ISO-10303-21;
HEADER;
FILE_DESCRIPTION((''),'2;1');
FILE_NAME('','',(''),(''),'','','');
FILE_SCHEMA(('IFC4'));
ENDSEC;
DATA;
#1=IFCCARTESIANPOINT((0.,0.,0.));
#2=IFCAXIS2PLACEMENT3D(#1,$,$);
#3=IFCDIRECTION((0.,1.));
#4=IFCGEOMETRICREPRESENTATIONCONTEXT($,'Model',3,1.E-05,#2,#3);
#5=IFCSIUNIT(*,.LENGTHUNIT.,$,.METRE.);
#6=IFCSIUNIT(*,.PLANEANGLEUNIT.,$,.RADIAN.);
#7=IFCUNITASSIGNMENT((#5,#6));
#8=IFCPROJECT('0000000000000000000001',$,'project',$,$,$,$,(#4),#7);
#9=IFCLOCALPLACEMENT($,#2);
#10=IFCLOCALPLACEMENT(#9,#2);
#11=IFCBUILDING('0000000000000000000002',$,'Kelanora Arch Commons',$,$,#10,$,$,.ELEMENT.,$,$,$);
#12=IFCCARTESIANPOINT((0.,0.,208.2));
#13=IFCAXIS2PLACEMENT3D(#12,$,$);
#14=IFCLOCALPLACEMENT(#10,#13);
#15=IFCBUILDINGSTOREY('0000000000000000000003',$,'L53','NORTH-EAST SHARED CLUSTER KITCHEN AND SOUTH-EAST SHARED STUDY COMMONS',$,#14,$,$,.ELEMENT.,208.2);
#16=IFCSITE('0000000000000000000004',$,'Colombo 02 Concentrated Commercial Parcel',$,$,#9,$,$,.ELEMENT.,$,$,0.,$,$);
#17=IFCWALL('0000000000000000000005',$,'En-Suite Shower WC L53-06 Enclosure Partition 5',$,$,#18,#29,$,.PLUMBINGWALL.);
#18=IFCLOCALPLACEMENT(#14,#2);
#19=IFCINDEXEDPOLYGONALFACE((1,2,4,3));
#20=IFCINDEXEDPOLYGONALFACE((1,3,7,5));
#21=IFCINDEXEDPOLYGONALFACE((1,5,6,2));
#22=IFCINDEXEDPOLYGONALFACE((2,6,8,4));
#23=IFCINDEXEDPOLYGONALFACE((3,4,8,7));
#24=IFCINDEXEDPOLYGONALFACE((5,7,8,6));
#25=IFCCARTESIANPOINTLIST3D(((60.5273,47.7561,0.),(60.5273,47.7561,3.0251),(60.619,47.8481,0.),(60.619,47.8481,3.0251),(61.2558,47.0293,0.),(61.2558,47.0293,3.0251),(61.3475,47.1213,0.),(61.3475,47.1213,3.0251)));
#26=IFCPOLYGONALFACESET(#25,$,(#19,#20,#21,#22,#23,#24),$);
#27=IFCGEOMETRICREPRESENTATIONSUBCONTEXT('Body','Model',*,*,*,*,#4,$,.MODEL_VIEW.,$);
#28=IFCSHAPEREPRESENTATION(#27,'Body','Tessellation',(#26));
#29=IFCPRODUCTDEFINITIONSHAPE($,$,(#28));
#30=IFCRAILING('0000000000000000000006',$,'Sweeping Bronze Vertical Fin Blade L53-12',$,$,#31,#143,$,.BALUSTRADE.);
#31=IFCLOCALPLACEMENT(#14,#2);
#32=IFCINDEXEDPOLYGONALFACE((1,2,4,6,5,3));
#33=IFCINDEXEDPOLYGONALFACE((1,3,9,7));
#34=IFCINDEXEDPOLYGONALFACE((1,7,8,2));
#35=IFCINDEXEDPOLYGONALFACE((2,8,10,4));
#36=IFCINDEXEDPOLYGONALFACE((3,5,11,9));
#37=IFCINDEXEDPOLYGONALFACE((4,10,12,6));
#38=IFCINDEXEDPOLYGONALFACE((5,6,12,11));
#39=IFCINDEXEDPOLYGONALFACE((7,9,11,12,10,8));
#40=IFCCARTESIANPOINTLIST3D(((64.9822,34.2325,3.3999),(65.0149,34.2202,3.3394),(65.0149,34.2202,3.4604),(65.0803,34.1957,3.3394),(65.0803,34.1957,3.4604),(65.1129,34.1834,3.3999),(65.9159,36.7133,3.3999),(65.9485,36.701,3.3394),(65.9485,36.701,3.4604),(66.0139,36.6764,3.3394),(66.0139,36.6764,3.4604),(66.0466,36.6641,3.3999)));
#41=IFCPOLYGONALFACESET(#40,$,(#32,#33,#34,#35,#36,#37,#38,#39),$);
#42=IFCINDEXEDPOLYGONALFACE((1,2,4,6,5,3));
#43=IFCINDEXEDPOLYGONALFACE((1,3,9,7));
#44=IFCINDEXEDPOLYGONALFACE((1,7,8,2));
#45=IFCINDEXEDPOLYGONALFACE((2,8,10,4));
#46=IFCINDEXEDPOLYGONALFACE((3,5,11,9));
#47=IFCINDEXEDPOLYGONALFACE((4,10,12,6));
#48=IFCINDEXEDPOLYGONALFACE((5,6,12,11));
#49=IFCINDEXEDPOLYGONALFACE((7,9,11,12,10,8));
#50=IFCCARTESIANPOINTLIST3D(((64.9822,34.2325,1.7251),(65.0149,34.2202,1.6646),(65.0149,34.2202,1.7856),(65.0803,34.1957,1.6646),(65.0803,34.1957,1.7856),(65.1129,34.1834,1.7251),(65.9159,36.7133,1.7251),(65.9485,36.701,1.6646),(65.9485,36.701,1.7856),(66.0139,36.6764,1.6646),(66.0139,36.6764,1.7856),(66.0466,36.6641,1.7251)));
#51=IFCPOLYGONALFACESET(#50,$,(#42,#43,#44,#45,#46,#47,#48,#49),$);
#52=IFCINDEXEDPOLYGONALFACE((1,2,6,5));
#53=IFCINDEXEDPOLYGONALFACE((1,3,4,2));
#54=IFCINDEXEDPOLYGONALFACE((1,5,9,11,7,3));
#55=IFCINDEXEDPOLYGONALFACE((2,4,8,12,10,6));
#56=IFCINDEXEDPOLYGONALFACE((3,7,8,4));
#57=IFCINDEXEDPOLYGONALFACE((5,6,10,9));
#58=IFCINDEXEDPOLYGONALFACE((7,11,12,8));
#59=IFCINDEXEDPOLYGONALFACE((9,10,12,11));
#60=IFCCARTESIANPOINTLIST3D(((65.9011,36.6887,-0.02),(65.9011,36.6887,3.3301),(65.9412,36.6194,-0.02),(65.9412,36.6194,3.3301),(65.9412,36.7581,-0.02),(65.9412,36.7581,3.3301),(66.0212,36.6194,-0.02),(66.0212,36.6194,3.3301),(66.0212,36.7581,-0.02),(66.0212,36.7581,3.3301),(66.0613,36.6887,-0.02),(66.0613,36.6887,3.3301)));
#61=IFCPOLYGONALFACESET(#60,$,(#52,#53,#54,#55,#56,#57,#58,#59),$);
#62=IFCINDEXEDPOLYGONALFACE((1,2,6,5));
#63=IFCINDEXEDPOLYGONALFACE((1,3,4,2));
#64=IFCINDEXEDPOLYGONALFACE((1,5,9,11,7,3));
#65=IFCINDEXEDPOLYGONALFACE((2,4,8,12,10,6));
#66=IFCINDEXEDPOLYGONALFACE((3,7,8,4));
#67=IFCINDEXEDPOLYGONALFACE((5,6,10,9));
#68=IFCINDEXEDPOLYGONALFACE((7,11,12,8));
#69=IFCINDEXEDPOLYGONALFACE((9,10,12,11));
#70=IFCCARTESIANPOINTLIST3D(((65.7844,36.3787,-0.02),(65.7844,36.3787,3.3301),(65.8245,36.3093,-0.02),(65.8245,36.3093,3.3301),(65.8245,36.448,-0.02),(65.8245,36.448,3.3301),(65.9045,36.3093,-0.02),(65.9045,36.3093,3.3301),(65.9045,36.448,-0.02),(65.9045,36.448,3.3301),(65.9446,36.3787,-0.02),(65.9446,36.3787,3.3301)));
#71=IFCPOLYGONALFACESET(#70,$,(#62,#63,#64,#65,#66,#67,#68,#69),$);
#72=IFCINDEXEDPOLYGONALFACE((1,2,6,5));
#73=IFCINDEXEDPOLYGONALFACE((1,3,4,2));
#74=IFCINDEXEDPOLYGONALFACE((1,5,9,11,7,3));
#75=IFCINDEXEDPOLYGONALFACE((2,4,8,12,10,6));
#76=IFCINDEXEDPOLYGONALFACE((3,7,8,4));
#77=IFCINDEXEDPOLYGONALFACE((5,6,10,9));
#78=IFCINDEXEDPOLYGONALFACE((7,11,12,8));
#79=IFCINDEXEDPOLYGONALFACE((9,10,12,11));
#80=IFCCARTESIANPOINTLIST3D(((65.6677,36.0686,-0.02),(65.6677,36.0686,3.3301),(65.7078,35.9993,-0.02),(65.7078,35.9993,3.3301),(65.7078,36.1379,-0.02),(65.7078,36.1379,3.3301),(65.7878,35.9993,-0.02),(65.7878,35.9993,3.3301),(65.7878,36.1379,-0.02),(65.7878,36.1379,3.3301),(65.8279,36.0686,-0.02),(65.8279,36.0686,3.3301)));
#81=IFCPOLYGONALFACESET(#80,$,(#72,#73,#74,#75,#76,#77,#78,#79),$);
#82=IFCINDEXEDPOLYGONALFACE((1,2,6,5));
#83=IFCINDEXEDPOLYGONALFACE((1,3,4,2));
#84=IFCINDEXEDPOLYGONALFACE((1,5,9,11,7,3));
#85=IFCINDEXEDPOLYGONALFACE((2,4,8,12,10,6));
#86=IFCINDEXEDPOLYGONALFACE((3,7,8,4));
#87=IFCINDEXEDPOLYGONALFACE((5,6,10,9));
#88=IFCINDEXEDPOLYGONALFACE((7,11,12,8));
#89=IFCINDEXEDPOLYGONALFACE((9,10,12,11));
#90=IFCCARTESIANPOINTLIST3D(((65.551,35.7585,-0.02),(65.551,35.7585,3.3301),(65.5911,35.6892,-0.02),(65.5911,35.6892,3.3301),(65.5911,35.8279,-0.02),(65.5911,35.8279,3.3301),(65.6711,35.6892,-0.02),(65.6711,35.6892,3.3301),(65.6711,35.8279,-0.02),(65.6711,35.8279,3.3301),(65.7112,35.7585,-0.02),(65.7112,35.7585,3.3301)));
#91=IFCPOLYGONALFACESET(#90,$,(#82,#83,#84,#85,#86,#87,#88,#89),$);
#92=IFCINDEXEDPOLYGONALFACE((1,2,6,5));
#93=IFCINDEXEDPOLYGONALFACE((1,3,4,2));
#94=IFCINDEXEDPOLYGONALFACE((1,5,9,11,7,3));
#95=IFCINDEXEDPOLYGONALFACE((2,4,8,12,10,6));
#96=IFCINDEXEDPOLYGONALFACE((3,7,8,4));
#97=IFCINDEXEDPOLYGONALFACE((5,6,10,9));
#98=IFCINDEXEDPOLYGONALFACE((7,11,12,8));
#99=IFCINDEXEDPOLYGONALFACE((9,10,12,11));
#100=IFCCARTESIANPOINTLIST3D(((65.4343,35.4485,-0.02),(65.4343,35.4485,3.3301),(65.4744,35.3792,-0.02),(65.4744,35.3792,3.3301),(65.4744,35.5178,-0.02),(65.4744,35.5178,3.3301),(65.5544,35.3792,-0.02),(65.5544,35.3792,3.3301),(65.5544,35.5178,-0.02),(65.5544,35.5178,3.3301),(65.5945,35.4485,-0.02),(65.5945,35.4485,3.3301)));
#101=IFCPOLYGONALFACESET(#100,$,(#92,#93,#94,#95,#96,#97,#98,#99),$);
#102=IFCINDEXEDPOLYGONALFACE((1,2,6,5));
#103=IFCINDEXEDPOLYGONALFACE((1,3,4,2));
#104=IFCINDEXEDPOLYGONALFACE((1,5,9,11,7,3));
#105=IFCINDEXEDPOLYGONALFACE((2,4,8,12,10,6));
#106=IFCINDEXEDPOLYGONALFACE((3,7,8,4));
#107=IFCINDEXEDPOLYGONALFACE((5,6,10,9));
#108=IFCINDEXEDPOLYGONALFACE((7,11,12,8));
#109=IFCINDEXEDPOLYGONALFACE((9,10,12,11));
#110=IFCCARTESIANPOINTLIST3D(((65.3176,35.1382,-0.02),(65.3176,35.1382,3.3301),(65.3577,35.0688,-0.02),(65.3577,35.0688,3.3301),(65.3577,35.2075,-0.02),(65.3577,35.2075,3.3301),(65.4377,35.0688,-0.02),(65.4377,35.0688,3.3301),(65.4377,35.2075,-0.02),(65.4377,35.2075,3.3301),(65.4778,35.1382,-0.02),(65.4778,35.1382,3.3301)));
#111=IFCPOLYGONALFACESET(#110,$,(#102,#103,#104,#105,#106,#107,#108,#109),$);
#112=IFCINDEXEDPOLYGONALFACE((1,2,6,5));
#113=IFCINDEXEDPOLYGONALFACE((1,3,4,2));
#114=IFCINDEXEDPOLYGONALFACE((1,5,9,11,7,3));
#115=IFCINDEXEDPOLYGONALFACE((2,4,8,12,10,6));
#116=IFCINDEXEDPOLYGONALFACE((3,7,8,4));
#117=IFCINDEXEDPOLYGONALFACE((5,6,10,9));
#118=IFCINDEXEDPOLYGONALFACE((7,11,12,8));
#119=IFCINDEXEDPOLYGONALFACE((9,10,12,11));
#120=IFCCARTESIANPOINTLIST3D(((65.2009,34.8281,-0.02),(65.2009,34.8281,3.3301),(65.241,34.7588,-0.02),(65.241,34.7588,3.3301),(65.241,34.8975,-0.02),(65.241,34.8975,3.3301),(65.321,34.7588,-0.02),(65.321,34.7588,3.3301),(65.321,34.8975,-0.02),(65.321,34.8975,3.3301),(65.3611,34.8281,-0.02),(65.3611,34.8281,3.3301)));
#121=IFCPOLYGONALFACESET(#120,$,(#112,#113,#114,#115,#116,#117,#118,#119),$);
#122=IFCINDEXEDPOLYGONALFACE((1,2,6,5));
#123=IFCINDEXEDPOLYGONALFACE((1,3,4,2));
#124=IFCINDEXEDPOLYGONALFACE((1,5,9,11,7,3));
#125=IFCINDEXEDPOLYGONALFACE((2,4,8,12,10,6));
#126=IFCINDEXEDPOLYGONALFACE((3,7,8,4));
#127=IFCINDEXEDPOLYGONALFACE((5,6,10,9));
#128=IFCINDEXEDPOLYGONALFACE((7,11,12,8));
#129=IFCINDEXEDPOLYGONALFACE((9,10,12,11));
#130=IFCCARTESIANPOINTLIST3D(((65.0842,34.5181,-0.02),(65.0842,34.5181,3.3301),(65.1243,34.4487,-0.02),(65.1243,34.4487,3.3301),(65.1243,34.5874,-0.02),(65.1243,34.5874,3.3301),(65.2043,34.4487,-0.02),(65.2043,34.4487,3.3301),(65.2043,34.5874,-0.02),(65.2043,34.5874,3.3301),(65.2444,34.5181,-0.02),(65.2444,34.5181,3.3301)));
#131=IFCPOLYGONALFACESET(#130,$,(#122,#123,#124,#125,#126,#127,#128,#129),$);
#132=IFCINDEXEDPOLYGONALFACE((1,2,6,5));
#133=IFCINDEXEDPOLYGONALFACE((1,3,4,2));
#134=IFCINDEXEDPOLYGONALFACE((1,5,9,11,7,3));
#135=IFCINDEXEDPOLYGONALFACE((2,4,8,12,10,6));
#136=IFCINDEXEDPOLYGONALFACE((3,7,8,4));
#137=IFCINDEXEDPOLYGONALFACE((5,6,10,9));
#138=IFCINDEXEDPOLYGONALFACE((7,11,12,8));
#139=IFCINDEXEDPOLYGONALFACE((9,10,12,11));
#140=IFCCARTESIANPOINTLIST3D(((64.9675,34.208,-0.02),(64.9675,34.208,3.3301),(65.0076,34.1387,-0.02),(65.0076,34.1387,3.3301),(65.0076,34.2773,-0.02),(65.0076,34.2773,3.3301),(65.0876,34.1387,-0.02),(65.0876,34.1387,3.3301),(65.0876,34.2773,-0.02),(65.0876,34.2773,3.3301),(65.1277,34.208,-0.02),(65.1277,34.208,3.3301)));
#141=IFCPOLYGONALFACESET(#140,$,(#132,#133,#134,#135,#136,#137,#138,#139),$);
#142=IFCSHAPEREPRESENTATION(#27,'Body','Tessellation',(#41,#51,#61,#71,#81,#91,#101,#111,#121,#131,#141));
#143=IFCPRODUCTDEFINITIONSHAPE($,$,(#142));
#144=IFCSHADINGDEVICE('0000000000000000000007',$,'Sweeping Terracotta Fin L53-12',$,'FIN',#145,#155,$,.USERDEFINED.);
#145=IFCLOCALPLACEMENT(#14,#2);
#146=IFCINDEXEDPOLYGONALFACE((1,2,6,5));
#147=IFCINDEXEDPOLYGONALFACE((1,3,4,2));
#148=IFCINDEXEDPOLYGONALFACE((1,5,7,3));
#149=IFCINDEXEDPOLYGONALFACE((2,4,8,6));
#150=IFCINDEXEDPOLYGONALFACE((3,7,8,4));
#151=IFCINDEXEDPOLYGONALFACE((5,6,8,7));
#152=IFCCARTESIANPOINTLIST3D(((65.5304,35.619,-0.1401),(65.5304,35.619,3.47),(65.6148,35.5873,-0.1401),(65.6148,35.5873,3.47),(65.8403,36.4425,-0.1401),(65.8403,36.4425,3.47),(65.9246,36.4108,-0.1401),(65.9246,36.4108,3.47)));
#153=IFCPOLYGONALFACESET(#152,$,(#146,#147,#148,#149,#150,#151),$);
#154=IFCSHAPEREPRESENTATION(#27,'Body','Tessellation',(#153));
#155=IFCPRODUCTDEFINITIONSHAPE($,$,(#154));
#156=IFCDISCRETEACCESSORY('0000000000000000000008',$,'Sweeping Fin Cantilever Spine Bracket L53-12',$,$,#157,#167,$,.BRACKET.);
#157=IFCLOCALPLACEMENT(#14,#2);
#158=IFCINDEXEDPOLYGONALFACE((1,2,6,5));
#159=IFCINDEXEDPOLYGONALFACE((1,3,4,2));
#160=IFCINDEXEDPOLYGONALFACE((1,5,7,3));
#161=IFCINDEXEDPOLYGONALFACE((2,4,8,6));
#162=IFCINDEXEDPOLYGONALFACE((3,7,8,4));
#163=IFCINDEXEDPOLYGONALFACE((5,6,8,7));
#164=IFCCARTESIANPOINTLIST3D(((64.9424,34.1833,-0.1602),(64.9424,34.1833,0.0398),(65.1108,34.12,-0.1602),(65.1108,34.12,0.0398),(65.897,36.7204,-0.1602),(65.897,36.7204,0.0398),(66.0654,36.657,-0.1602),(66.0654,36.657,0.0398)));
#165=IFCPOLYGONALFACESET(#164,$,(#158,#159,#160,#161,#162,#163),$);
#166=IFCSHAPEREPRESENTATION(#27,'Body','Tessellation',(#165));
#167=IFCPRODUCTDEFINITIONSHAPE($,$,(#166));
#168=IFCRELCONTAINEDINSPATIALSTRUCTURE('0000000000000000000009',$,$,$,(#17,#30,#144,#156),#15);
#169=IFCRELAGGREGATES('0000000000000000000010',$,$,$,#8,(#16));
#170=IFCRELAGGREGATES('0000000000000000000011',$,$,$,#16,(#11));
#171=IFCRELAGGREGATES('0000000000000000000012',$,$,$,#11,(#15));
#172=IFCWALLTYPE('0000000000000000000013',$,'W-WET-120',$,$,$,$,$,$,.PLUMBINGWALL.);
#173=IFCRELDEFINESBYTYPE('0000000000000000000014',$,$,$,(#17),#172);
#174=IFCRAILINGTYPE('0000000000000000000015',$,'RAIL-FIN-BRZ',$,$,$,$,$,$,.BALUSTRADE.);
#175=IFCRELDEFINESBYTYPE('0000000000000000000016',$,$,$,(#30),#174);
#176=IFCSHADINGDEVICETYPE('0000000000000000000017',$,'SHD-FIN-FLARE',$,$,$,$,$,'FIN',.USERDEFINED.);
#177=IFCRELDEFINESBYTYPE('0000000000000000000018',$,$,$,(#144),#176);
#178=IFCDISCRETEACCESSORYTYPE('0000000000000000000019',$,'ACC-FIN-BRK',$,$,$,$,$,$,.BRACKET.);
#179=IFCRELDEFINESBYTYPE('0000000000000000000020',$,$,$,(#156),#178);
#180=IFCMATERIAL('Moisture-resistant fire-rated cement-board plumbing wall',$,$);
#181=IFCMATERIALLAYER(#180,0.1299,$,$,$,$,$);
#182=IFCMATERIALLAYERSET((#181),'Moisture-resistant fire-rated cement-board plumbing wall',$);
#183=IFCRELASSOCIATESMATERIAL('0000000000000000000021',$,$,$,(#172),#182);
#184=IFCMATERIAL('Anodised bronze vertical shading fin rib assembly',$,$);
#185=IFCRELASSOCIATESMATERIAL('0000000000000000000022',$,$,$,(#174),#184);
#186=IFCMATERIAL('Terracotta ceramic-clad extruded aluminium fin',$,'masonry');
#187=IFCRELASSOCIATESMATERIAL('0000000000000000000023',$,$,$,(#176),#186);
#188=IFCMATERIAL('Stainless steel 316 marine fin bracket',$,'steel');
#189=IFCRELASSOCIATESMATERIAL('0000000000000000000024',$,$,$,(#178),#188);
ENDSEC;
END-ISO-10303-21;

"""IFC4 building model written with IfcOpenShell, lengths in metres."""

from ifc_helpers import new_model, si_unit, direction, frame, frame_2d, origin, origin_2d, place, context, subcontext, project, spatial, polyline, rectangle, outline, extrude, source, transform, mapped, material, layer, layer_set, type_object, element, save


model = new_model("IFC4")

# Units and contexts
model_context = context("Model", 3, precision=1e-05, world=origin(), true_north=direction((0.0, 1.0)))
body_context = subcontext(model_context, "Body", "Model", "MODEL_VIEW")
ifc_project = project(units=[si_unit("LENGTHUNIT", "METRE"), si_unit("PLANEANGLEUNIT", "RADIAN")], contexts=[model_context])

# Site, building, storey
site_placement = place(None, origin())
site = spatial("IfcSite", under=ifc_project, at=site_placement, Name="Colombo 02 Concentrated Commercial Parcel", CompositionType="ELEMENT", RefElevation=0.0)
building_placement = place(site_placement, origin())
building = spatial("IfcBuilding", under=site, at=building_placement, Name="Kelanora Arch Commons", CompositionType="ELEMENT")
storey_placement = place(building_placement, frame((0.0, 0.0, 208.2)))
storey = spatial("IfcBuildingStorey", under=building, at=storey_placement, Name="L53", Description="NORTH-EAST SHARED CLUSTER KITCHEN AND SOUTH-EAST SHARED STUDY COMMONS", CompositionType="ELEMENT", Elevation=208.2)

# Shared definitions
ifc_material_1 = material(Name="Moisture-resistant fire-rated cement-board plumbing wall")
ifc_layer_1 = layer(ifc_material_1, 0.1299)
ifc_layer_set_1 = layer_set([ifc_layer_1], Name="Moisture-resistant fire-rated cement-board plumbing wall")
wall_type_1 = type_object("IfcWallType", Name="W-WET-120", PredefinedType="PLUMBINGWALL", material=ifc_layer_set_1)

# Wall
wall_1_placement = place(storey_placement, frame((61.3018, 47.0752, 0.0), z_axis=(0.0, 0.0, 1.0), x_axis=(-0.707937, 0.706276, 0.0)))
element("IfcWall", 1, at=wall_1_placement, inside=storey, type_object=wall_type_1, Name="En-Suite Shower WC L53-06 Enclosure Partition 5", PredefinedType="PLUMBINGWALL", context=body_context, shape_type="SweptSolid", body=[
    extrude(rectangle(XDim=1.0291, YDim=0.1299, at=frame_2d((0.5146, 0.0))), origin(), (0.0, 0.0, 1.0), 3.0251),
])

# Railing
ifc_material_2 = material(Name="Anodised bronze vertical shading fin rib assembly")
railing_type = type_object("IfcRailingType", Name="RAIL-FIN-BRZ", PredefinedType="BALUSTRADE", material=ifc_material_2)
railing_placement = place(storey_placement, frame((65.9812, 36.6887, -0.02)))
element("IfcRailing", 2, at=railing_placement, inside=storey, type_object=railing_type, Name="Sweeping Bronze Vertical Fin Blade L53-12", PredefinedType="BALUSTRADE", context=body_context, shape_type="SweptSolid", body=[
    extrude(outline(polyline([(0.0698, 0.0), (0.0349, 0.0605), (-0.0349, 0.0605), (-0.0698, 0.0), (-0.0349, -0.0605), (0.0349, -0.0605), (0.0698, 0.0)])), frame((0.0, 0.0, 3.4199), z_axis=(-0.352223, -0.935916, 0.0), x_axis=(0.935916, -0.352223, 0.0)), (0.0, 0.0, 1.0), 2.6506),
    extrude(outline(polyline([(0.0698, 0.0), (0.0349, 0.0605), (-0.0349, 0.0605), (-0.0698, 0.0), (-0.0349, -0.0605), (0.0349, -0.0605), (0.0698, 0.0)])), frame((0.0, 0.0, 1.7451), z_axis=(-0.352223, -0.935916, 0.0), x_axis=(0.935916, -0.352223, 0.0)), (0.0, 0.0, 1.0), 2.6506),
    extrude(outline(polyline([(0.0801, 0.0), (0.04, 0.0693), (-0.04, 0.0693), (-0.0801, 0.0), (-0.04, -0.0693), (0.04, -0.0693), (0.0801, 0.0)])), origin(), (0.0, 0.0, 1.0), 3.3501),
    extrude(outline(polyline([(0.0801, 0.0), (0.04, 0.0693), (-0.04, 0.0693), (-0.0801, 0.0), (-0.04, -0.0693), (0.04, -0.0693), (0.0801, 0.0)])), frame((-0.1167, -0.3101, 0.0)), (0.0, 0.0, 1.0), 3.3501),
    extrude(outline(polyline([(0.0801, 0.0), (0.04, 0.0693), (-0.04, 0.0693), (-0.0801, 0.0), (-0.04, -0.0693), (0.04, -0.0693), (0.0801, 0.0)])), frame((-0.2334, -0.6201, 0.0)), (0.0, 0.0, 1.0), 3.3501),
    extrude(outline(polyline([(0.0801, 0.0), (0.04, 0.0693), (-0.04, 0.0693), (-0.0801, 0.0), (-0.04, -0.0693), (0.04, -0.0693), (0.0801, 0.0)])), frame((-0.3501, -0.9302, 0.0)), (0.0, 0.0, 1.0), 3.3501),
    extrude(outline(polyline([(0.0801, 0.0), (0.04, 0.0693), (-0.04, 0.0693), (-0.0801, 0.0), (-0.04, -0.0693), (0.04, -0.0693), (0.0801, 0.0)])), frame((-0.4668, -1.2402, 0.0)), (0.0, 0.0, 1.0), 3.3501),
    extrude(outline(polyline([(0.0801, 0.0), (0.04, 0.0693), (-0.04, 0.0693), (-0.0801, 0.0), (-0.04, -0.0693), (0.04, -0.0693), (0.0801, 0.0)])), frame((-0.5835, -1.5505, 0.0)), (0.0, 0.0, 1.0), 3.3501),
    extrude(outline(polyline([(0.0801, 0.0), (0.04, 0.0693), (-0.04, 0.0693), (-0.0801, 0.0), (-0.04, -0.0693), (0.04, -0.0693), (0.0801, 0.0)])), frame((-0.7002, -1.8606, 0.0)), (0.0, 0.0, 1.0), 3.3501),
    extrude(outline(polyline([(0.0801, 0.0), (0.04, 0.0693), (-0.04, 0.0693), (-0.0801, 0.0), (-0.04, -0.0693), (0.04, -0.0693), (0.0801, 0.0)])), frame((-0.8169, -2.1707, 0.0)), (0.0, 0.0, 1.0), 3.3501),
    extrude(outline(polyline([(0.0801, 0.0), (0.04, 0.0693), (-0.04, 0.0693), (-0.0801, 0.0), (-0.04, -0.0693), (0.04, -0.0693), (0.0801, 0.0)])), frame((-0.9336, -2.4807, 0.0)), (0.0, 0.0, 1.0), 3.3501),
])

# Shading device
ifc_material_3 = material(Name="Terracotta ceramic-clad extruded aluminium fin", Category="masonry")
shading_device_type = type_object("IfcShadingDeviceType", Name="SHD-FIN-FLARE", ElementType="FIN", PredefinedType="USERDEFINED", material=ifc_material_3)
shared_shape_1 = source(origin(), body_context, "Body", "SweptSolid", [
    extrude(rectangle(XDim=0.8799, YDim=0.0901, at=origin_2d()), origin(), (0.0, 0.0, 1.0), 3.6101),
])
shading_device_placement = place(storey_placement, frame((65.7275, 36.0149, -0.1401), z_axis=(0.0, 0.0, 1.0), x_axis=(-0.352168, -0.935937, 0.0)))
element("IfcShadingDevice", 3, at=shading_device_placement, inside=storey, type_object=shading_device_type, Name="Sweeping Terracotta Fin L53-12", ObjectType="FIN", PredefinedType="USERDEFINED", context=body_context, shape_type="MappedRepresentation", body=[
    mapped(shared_shape_1, transform((0.0, 0.0, 0.0), scale=1.0)),
])

# Discrete accessory
ifc_material_4 = material(Name="Stainless steel 316 marine fin bracket", Category="steel")
discrete_accessory_type = type_object("IfcDiscreteAccessoryType", Name="ACC-FIN-BRK", PredefinedType="BRACKET", material=ifc_material_4)
shared_shape_2 = source(origin(), body_context, "Body", "SweptSolid", [
    extrude(rectangle(XDim=2.7107, YDim=0.1799, at=origin_2d()), origin(), (0.0, 0.0, 1.0), 0.2),
])
discrete_accessory_placement = place(storey_placement, frame((65.5039, 35.4202, -0.1602), z_axis=(0.0, 0.0, 1.0), x_axis=(-0.352168, -0.935937, 0.0)))
element("IfcDiscreteAccessory", 4, at=discrete_accessory_placement, inside=storey, type_object=discrete_accessory_type, Name="Sweeping Fin Cantilever Spine Bracket L53-12", PredefinedType="BRACKET", context=body_context, shape_type="MappedRepresentation", body=[
    mapped(shared_shape_2, transform((0.0, 0.0, 0.0), scale=1.0)),
])

save(model, "model.ifc")
